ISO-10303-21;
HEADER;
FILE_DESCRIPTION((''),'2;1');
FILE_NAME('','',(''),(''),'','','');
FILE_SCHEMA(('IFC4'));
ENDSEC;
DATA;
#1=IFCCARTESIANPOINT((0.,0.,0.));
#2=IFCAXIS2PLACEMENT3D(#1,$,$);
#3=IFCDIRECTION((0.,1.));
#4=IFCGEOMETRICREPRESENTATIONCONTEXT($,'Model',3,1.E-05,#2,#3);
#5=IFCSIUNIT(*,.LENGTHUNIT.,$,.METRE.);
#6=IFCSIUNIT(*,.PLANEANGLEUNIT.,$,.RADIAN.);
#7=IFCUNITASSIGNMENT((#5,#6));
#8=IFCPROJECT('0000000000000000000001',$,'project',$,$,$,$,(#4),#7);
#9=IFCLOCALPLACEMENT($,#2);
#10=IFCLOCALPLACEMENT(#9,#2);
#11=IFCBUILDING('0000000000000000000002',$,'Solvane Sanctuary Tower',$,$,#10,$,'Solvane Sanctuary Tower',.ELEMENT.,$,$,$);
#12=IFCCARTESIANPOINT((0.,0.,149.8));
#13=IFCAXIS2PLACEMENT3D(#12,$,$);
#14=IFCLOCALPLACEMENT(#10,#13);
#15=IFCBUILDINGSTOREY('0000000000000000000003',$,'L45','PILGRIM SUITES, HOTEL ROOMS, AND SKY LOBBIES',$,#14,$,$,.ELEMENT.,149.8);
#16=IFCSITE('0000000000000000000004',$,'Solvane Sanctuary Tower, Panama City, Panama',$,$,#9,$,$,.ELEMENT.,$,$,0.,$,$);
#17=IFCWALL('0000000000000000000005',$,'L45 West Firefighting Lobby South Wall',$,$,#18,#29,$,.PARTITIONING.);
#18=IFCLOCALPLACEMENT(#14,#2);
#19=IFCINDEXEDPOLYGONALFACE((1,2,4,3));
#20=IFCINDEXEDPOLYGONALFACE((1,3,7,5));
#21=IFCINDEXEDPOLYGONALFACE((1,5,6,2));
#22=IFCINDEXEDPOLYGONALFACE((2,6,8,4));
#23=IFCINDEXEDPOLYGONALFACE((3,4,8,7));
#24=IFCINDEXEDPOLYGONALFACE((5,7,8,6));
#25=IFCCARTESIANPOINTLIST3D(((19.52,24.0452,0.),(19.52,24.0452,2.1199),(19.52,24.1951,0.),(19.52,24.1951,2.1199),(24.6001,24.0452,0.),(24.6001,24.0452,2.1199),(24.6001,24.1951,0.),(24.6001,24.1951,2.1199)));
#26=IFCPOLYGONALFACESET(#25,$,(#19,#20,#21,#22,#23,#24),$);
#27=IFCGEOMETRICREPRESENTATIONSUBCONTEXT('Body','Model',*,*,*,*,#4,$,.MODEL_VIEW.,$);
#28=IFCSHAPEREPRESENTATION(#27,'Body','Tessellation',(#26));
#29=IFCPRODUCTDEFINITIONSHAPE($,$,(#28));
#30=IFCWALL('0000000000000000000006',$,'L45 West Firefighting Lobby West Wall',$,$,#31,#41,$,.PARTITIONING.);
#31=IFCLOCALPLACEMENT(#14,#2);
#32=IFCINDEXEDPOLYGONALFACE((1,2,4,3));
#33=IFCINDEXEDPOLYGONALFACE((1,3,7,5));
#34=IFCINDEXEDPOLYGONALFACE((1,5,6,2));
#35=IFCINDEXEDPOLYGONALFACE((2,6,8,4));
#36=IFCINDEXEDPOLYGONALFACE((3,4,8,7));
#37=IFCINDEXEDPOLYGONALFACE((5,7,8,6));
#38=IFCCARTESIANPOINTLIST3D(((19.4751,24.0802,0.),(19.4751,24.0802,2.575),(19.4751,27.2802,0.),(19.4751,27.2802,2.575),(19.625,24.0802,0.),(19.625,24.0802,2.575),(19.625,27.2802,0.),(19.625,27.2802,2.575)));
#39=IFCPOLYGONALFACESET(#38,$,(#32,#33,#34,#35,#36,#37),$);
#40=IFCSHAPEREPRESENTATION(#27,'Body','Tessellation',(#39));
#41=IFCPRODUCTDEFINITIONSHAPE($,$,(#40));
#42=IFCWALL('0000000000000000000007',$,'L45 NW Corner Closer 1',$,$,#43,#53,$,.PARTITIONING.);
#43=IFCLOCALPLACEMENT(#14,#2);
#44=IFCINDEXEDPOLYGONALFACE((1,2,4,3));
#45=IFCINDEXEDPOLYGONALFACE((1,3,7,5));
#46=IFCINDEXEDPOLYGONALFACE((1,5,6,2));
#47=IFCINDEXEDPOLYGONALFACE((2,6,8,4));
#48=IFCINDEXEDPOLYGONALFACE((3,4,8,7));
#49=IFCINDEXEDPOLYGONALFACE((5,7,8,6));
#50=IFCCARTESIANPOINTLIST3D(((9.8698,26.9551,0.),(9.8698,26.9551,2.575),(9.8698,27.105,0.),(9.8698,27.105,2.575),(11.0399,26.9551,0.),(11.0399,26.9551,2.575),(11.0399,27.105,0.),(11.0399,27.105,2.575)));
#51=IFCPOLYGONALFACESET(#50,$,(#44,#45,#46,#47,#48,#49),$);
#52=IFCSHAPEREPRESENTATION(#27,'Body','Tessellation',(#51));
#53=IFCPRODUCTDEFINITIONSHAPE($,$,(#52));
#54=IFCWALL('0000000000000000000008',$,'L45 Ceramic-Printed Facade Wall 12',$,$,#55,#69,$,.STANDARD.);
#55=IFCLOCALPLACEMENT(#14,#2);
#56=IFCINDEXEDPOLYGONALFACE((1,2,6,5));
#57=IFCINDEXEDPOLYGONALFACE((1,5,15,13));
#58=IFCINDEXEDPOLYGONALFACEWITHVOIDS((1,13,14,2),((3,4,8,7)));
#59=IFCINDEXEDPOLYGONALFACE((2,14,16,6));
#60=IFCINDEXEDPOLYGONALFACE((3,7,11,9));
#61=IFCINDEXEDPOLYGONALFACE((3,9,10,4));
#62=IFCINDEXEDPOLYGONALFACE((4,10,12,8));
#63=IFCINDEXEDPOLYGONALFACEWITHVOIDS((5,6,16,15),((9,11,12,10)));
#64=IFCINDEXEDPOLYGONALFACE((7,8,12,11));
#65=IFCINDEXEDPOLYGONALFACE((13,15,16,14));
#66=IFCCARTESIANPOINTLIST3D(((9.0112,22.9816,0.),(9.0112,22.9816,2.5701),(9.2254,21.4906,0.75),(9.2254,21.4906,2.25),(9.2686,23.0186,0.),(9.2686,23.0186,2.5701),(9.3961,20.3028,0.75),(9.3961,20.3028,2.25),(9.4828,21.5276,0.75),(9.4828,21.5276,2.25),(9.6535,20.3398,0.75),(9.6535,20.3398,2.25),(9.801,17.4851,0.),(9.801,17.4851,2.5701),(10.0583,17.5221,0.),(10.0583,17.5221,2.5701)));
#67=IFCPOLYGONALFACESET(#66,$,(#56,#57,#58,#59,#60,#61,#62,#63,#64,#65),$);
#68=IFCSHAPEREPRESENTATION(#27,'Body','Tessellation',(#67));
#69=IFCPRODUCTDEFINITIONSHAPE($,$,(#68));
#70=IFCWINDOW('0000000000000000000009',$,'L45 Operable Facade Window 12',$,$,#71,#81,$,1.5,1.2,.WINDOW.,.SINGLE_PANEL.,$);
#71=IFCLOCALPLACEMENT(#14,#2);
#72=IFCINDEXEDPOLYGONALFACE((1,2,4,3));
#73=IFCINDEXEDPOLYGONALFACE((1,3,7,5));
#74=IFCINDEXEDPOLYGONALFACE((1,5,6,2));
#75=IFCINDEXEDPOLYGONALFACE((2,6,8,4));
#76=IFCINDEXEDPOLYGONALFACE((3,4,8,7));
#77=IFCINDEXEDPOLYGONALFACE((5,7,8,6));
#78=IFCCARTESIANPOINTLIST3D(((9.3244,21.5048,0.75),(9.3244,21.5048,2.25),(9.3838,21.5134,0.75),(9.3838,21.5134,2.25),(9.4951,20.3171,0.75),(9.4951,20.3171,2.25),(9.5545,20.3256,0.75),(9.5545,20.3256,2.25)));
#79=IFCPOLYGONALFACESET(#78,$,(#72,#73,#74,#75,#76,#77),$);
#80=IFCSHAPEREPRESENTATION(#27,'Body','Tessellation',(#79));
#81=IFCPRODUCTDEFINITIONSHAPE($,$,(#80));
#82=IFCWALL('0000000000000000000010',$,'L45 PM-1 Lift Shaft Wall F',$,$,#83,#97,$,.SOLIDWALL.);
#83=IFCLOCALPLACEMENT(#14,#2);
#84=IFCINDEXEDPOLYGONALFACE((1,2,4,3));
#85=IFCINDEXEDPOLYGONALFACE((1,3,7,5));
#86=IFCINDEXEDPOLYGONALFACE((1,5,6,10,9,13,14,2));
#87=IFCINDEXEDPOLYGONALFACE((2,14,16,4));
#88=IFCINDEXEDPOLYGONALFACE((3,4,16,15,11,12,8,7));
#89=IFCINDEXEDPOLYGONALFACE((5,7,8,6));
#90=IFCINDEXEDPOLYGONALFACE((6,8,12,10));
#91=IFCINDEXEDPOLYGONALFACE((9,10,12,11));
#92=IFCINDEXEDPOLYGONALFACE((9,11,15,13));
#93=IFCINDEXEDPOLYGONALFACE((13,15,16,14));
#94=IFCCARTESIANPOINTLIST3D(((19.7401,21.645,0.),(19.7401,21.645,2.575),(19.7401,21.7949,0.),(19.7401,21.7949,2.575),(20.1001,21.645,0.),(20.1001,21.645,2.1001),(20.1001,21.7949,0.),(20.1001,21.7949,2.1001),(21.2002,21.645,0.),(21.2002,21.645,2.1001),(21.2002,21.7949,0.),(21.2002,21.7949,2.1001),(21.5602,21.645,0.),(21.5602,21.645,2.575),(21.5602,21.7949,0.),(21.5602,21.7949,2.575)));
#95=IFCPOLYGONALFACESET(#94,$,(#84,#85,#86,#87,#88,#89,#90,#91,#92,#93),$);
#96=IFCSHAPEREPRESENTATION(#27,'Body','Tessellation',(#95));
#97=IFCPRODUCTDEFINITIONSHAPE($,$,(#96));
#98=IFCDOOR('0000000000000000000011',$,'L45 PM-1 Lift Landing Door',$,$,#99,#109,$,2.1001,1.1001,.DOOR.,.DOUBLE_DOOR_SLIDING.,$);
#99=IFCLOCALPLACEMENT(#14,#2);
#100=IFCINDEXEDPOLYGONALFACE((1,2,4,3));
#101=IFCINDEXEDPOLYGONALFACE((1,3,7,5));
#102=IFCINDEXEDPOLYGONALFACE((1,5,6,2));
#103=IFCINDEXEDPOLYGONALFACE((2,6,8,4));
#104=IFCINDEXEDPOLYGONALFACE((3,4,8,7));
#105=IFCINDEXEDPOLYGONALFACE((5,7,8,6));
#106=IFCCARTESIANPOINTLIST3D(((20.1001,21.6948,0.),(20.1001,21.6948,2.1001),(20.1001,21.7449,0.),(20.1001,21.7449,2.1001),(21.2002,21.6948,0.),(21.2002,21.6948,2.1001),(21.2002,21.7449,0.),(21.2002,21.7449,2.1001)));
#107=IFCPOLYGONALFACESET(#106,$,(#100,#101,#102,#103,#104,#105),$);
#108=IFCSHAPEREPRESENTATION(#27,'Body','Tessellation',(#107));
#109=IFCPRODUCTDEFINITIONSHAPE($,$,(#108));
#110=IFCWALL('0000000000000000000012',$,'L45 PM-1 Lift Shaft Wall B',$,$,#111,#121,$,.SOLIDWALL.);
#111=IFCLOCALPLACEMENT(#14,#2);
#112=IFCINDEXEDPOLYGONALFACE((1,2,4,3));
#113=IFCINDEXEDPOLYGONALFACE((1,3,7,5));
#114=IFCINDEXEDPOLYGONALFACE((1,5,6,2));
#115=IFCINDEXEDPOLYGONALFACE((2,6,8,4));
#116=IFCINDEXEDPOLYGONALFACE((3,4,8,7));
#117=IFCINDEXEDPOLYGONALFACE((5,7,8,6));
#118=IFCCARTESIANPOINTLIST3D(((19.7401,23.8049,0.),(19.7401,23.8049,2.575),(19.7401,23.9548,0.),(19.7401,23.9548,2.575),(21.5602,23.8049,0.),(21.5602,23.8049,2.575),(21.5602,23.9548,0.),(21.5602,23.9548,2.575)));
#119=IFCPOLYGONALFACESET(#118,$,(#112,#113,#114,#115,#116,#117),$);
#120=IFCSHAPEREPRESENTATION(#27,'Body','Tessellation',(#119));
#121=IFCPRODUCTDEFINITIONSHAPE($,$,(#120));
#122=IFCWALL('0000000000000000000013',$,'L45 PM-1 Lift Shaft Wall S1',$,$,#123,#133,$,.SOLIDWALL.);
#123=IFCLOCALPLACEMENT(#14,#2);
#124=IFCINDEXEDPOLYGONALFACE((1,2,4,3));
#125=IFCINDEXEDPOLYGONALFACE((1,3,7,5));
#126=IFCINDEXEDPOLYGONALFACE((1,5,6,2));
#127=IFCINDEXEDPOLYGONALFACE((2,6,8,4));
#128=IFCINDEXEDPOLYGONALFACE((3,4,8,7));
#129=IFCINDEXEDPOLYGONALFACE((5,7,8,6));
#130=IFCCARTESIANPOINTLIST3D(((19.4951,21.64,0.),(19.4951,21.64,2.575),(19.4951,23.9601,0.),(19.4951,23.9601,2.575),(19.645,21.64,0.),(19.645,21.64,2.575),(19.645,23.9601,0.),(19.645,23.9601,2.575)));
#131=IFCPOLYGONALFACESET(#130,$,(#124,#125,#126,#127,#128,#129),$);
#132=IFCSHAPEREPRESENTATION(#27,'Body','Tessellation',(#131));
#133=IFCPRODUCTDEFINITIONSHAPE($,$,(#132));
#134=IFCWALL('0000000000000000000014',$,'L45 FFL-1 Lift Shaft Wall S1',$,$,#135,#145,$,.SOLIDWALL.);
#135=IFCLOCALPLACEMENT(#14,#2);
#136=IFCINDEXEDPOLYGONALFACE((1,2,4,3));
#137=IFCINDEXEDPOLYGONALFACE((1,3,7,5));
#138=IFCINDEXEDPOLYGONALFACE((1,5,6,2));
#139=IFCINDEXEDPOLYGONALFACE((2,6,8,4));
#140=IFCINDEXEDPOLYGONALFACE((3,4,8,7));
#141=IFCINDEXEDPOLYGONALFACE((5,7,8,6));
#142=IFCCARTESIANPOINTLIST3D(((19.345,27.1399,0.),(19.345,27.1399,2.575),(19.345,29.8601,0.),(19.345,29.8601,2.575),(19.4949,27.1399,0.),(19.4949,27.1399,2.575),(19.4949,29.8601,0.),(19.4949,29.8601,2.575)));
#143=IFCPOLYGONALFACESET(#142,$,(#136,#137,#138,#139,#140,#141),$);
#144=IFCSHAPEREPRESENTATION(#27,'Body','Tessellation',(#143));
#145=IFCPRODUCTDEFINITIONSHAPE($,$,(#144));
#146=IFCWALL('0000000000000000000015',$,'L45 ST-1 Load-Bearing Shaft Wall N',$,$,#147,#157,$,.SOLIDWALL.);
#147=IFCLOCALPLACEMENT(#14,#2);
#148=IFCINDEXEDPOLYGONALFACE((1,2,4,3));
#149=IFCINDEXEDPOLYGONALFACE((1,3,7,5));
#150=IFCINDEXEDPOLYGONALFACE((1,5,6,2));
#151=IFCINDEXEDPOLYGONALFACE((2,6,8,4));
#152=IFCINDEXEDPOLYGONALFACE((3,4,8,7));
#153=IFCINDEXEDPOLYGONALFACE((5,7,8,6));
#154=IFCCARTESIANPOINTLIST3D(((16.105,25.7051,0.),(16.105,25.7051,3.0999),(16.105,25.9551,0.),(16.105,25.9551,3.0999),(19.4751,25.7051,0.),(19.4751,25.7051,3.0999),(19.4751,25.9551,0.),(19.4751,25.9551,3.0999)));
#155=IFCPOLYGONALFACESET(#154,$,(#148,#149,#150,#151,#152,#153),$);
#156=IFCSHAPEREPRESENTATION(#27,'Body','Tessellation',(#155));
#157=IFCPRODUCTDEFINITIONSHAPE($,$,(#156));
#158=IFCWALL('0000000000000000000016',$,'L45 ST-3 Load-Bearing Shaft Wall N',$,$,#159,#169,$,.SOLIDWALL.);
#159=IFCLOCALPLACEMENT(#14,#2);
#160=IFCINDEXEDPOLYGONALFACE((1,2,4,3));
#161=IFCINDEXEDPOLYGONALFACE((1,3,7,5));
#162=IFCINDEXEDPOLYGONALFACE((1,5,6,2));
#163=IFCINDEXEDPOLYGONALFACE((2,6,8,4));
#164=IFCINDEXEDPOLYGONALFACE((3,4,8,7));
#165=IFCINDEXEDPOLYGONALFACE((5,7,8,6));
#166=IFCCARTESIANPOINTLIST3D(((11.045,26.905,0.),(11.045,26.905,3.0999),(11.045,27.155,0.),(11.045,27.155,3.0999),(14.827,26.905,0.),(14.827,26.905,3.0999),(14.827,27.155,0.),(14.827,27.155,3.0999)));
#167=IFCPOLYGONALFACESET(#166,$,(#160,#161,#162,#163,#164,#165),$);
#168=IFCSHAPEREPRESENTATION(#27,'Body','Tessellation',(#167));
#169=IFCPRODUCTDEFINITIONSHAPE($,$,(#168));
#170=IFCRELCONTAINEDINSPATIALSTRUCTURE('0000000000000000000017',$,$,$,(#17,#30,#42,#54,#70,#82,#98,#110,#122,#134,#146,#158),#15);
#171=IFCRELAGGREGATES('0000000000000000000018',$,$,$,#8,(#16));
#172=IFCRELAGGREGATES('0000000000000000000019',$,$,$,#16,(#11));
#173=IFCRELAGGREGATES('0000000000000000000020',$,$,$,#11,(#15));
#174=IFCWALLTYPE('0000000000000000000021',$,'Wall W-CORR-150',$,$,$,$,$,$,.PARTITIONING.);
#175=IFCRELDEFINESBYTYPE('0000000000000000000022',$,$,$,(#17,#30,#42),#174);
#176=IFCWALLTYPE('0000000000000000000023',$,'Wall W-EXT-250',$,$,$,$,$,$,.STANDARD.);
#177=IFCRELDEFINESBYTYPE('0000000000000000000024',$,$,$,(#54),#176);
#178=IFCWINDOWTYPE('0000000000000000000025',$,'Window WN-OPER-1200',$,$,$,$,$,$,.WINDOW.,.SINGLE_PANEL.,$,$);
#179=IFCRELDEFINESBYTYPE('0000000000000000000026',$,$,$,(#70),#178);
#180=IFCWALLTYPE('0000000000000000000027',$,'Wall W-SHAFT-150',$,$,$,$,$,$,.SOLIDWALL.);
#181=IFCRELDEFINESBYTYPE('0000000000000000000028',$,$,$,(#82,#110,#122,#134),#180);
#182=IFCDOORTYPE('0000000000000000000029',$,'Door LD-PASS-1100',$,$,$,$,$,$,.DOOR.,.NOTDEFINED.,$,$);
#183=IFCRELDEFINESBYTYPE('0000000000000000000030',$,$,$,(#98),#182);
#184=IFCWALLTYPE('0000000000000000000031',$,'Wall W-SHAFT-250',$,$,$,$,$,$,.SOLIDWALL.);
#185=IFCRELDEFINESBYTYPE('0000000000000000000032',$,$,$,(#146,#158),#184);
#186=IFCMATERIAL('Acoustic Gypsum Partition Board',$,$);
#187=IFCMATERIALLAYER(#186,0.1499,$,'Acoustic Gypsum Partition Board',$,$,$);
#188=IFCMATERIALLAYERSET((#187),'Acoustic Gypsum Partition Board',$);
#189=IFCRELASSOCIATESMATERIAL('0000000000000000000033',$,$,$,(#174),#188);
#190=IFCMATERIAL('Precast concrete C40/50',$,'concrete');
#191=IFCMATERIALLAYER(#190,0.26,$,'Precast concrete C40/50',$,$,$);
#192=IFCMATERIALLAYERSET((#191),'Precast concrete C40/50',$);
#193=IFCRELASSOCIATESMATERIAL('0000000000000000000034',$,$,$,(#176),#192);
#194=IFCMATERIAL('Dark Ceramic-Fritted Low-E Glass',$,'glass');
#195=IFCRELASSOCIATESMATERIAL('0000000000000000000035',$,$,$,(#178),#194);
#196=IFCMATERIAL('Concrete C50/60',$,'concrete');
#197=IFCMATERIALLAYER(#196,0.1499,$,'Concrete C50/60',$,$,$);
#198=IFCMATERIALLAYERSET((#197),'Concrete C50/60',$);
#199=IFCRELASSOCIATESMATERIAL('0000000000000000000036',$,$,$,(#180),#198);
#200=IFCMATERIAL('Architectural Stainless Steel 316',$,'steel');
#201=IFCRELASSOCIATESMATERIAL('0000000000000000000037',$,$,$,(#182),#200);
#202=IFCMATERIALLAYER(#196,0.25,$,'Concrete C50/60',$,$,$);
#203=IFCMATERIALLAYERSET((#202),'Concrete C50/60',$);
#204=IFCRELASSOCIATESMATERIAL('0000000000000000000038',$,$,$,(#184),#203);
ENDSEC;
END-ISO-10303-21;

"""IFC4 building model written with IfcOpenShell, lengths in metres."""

from ifc_helpers import new_model, si_unit, direction, frame, frame_2d, origin, place, context, subcontext, project, spatial, rectangle, extrude, material, layer, layer_set, type_object, element, fill, save


model = new_model("IFC4")

# Units and contexts
model_context = context("Model", 3, precision=1e-05, world=origin(), true_north=direction((0.0, 1.0)))
body_context = subcontext(model_context, "Body", "Model", "MODEL_VIEW")
ifc_project = project(units=[si_unit("LENGTHUNIT", "METRE"), si_unit("PLANEANGLEUNIT", "RADIAN")], contexts=[model_context])

# Site, building, storey
site_placement = place(None, origin())
site = spatial("IfcSite", under=ifc_project, at=site_placement, Name="Solvane Sanctuary Tower, Panama City, Panama", CompositionType="ELEMENT", RefElevation=0.0)
building_placement = place(site_placement, origin())
building = spatial("IfcBuilding", under=site, at=building_placement, Name="Solvane Sanctuary Tower", LongName="Solvane Sanctuary Tower", CompositionType="ELEMENT")
storey_placement = place(building_placement, frame((0.0, 0.0, 149.8)))
storey = spatial("IfcBuildingStorey", under=building, at=storey_placement, Name="L45", Description="PILGRIM SUITES, HOTEL ROOMS, AND SKY LOBBIES", CompositionType="ELEMENT", Elevation=149.8)

# Walls
ifc_material_1 = material(Name="Acoustic Gypsum Partition Board")
ifc_layer_1 = layer(ifc_material_1, 0.1499, Name="Acoustic Gypsum Partition Board")
ifc_layer_set_1 = layer_set([ifc_layer_1], Name="Acoustic Gypsum Partition Board")
wall_type_1 = type_object("IfcWallType", Name="Wall W-CORR-150", PredefinedType="PARTITIONING", material=ifc_layer_set_1)
wall_1_placement = place(storey_placement, frame((19.52, 24.1201, 0.0), z_axis=(0.0, 0.0, 1.0), x_axis=(1.0, 0.0, 0.0)))
element("IfcWall", 1, at=wall_1_placement, inside=storey, type_object=wall_type_1, Name="L45 West Firefighting Lobby South Wall", PredefinedType="PARTITIONING", context=body_context, shape_type="SweptSolid", body=[
    extrude(rectangle(XDim=5.0801, YDim=0.1499, at=frame_2d((2.54, 0.0))), origin(), (0.0, 0.0, 1.0), 2.1199),
])
wall_2_placement = place(storey_placement, frame((19.55, 24.0801, 0.0), z_axis=(0.0, 0.0, 1.0), x_axis=(0.0, 1.0, 0.0)))
element("IfcWall", 2, at=wall_2_placement, inside=storey, type_object=wall_type_1, Name="L45 West Firefighting Lobby West Wall", PredefinedType="PARTITIONING", context=body_context, shape_type="SweptSolid", body=[
    extrude(rectangle(XDim=3.2, YDim=0.1499, at=frame_2d((1.6001, 0.0))), origin(), (0.0, 0.0, 1.0), 2.575),
])
wall_3_placement = place(storey_placement, frame((9.8699, 27.03, 0.0), z_axis=(0.0, 0.0, 1.0), x_axis=(1.0, 0.0, 0.0)))
element("IfcWall", 3, at=wall_3_placement, inside=storey, type_object=wall_type_1, Name="L45 NW Corner Closer 1", PredefinedType="PARTITIONING", context=body_context, shape_type="SweptSolid", body=[
    extrude(rectangle(XDim=1.1702, YDim=0.1499, at=frame_2d((0.585, 0.0))), origin(), (0.0, 0.0, 1.0), 2.575),
])

# Wall, opening, window
ifc_material_2 = material(Name="Precast concrete C40/50", Category="concrete")
ifc_layer_2 = layer(ifc_material_2, 0.26, Name="Precast concrete C40/50")
ifc_layer_set_2 = layer_set([ifc_layer_2], Name="Precast concrete C40/50")
wall_type_2 = type_object("IfcWallType", Name="Wall W-EXT-250", PredefinedType="STANDARD", material=ifc_layer_set_2)
wall_4_placement = place(storey_placement, frame((9.1399, 23.0, 0.0), z_axis=(0.0, 0.0, 1.0), x_axis=(0.142228, -0.989834, 0.0)))
wall_4 = element("IfcWall", 4, at=wall_4_placement, inside=storey, type_object=wall_type_2, Name="L45 Ceramic-Printed Facade Wall 12", PredefinedType="STANDARD", context=body_context, shape_type="SweptSolid", body=[
    extrude(rectangle(XDim=5.553, YDim=0.26, at=frame_2d((2.7764, 0.0))), origin(), (0.0, 0.0, 1.0), 2.5701),
])
opening_1_placement = place(wall_4_placement, frame((1.5061, 0.0, 0.75)))
opening_1 = element("IfcOpeningElement", 5, at=opening_1_placement, cuts=wall_4, PredefinedType="OPENING", context=body_context, shape_type="SweptSolid", body=[
    extrude(rectangle(XDim=1.2, YDim=1.5, at=frame_2d((0.6001, 0.75))), frame((0.0, 0.1399, 0.0), z_axis=(0.0, -1.0, 0.0), x_axis=(1.0, 0.0, 0.0)), (0.0, 0.0, 1.0), 0.28),
])
ifc_material_3 = material(Name="Dark Ceramic-Fritted Low-E Glass", Category="glass")
window_type = type_object("IfcWindowType", Name="Window WN-OPER-1200", PartitioningType="SINGLE_PANEL", PredefinedType="WINDOW", material=ifc_material_3)
window_placement = place(opening_1_placement, origin())
window = element("IfcWindow", 6, at=window_placement, inside=storey, type_object=window_type, Name="L45 Operable Facade Window 12", OverallHeight=1.5, OverallWidth=1.2, PartitioningType="SINGLE_PANEL", PredefinedType="WINDOW", context=body_context, shape_type="SweptSolid", body=[
    extrude(rectangle(XDim=1.2, YDim=1.5, at=frame_2d((0.6001, 0.75))), frame((0.0, 0.03, 0.0), z_axis=(0.0, -1.0, 0.0), x_axis=(1.0, 0.0, 0.0)), (0.0, 0.0, 1.0), 0.0601),
])
fill(opening_1, window)

# Wall, opening, door
ifc_material_4 = material(Name="Concrete C50/60", Category="concrete")
ifc_layer_3 = layer(ifc_material_4, 0.1499, Name="Concrete C50/60")
ifc_layer_set_3 = layer_set([ifc_layer_3], Name="Concrete C50/60")
wall_type_3 = type_object("IfcWallType", Name="Wall W-SHAFT-150", PredefinedType="SOLIDWALL", material=ifc_layer_set_3)
wall_5_placement = place(storey_placement, frame((19.74, 21.72, 0.0), z_axis=(0.0, 0.0, 1.0), x_axis=(1.0, 0.0, 0.0)))
wall_5 = element("IfcWall", 7, at=wall_5_placement, inside=storey, type_object=wall_type_3, Name="L45 PM-1 Lift Shaft Wall F", PredefinedType="SOLIDWALL", context=body_context, shape_type="SweptSolid", body=[
    extrude(rectangle(XDim=1.8201, YDim=0.1499, at=frame_2d((0.9102, 0.0))), origin(), (0.0, 0.0, 1.0), 2.575),
])
opening_2_placement = place(wall_5_placement, frame((0.3601, 0.0, 0.0)))
opening_2 = element("IfcOpeningElement", 8, at=opening_2_placement, cuts=wall_5, PredefinedType="OPENING", context=body_context, shape_type="SweptSolid", body=[
    extrude(rectangle(XDim=1.1001, YDim=2.1001, at=frame_2d((0.55, 1.05))), frame((0.0, 0.085, 0.0), z_axis=(0.0, -1.0, 0.0), x_axis=(1.0, 0.0, 0.0)), (0.0, 0.0, 1.0), 0.1699),
])
ifc_material_5 = material(Name="Architectural Stainless Steel 316", Category="steel")
door_type = type_object("IfcDoorType", Name="Door LD-PASS-1100", OperationType="NOTDEFINED", PredefinedType="DOOR", material=ifc_material_5)
door_placement = place(opening_2_placement, origin())
door = element("IfcDoor", 9, at=door_placement, inside=storey, type_object=door_type, Name="L45 PM-1 Lift Landing Door", OperationType="DOUBLE_DOOR_SLIDING", OverallHeight=2.1001, OverallWidth=1.1001, PredefinedType="DOOR", context=body_context, shape_type="SweptSolid", body=[
    extrude(rectangle(XDim=1.1001, YDim=2.1001, at=frame_2d((0.55, 1.05))), frame((0.0, 0.0249, 0.0), z_axis=(0.0, -1.0, 0.0), x_axis=(1.0, 0.0, 0.0)), (0.0, 0.0, 1.0), 0.05),
])
fill(opening_2, door)

# Walls
wall_6_placement = place(storey_placement, frame((19.74, 23.8799, 0.0), z_axis=(0.0, 0.0, 1.0), x_axis=(1.0, 0.0, 0.0)))
element("IfcWall", 10, at=wall_6_placement, inside=storey, type_object=wall_type_3, Name="L45 PM-1 Lift Shaft Wall B", PredefinedType="SOLIDWALL", context=body_context, shape_type="SweptSolid", body=[
    extrude(rectangle(XDim=1.8201, YDim=0.1499, at=frame_2d((0.9102, 0.0))), origin(), (0.0, 0.0, 1.0), 2.575),
])
wall_7_placement = place(storey_placement, frame((19.5701, 21.6399, 0.0), z_axis=(0.0, 0.0, 1.0), x_axis=(0.0, 1.0, 0.0)))
element("IfcWall", 11, at=wall_7_placement, inside=storey, type_object=wall_type_3, Name="L45 PM-1 Lift Shaft Wall S1", PredefinedType="SOLIDWALL", context=body_context, shape_type="SweptSolid", body=[
    extrude(rectangle(XDim=2.3201, YDim=0.1499, at=frame_2d((1.1602, 0.0))), origin(), (0.0, 0.0, 1.0), 2.575),
])
wall_8_placement = place(storey_placement, frame((19.4199, 27.1399, 0.0), z_axis=(0.0, 0.0, 1.0), x_axis=(0.0, 1.0, 0.0)))
element("IfcWall", 12, at=wall_8_placement, inside=storey, type_object=wall_type_3, Name="L45 FFL-1 Lift Shaft Wall S1", PredefinedType="SOLIDWALL", context=body_context, shape_type="SweptSolid", body=[
    extrude(rectangle(XDim=2.7202, YDim=0.1499, at=frame_2d((1.3601, 0.0))), origin(), (0.0, 0.0, 1.0), 2.575),
])
ifc_layer_4 = layer(ifc_material_4, 0.25, Name="Concrete C50/60")
ifc_layer_set_4 = layer_set([ifc_layer_4], Name="Concrete C50/60")
wall_type_4 = type_object("IfcWallType", Name="Wall W-SHAFT-250", PredefinedType="SOLIDWALL", material=ifc_layer_set_4)
wall_9_placement = place(storey_placement, frame((16.105, 25.8301, 0.0), z_axis=(0.0, 0.0, 1.0), x_axis=(1.0, 0.0, 0.0)))
element("IfcWall", 13, at=wall_9_placement, inside=storey, type_object=wall_type_4, Name="L45 ST-1 Load-Bearing Shaft Wall N", PredefinedType="SOLIDWALL", context=body_context, shape_type="SweptSolid", body=[
    extrude(rectangle(XDim=3.3701, YDim=0.25, at=frame_2d((1.6851, 0.0))), origin(), (0.0, 0.0, 1.0), 3.0999),
])
wall_10_placement = place(storey_placement, frame((11.0449, 27.03, 0.0), z_axis=(0.0, 0.0, 1.0), x_axis=(1.0, 0.0, 0.0)))
element("IfcWall", 14, at=wall_10_placement, inside=storey, type_object=wall_type_4, Name="L45 ST-3 Load-Bearing Shaft Wall N", PredefinedType="SOLIDWALL", context=body_context, shape_type="SweptSolid", body=[
    extrude(rectangle(XDim=3.782, YDim=0.25, at=frame_2d((1.8911, 0.0))), origin(), (0.0, 0.0, 1.0), 3.0999),
])

save(model, "model.ifc")
